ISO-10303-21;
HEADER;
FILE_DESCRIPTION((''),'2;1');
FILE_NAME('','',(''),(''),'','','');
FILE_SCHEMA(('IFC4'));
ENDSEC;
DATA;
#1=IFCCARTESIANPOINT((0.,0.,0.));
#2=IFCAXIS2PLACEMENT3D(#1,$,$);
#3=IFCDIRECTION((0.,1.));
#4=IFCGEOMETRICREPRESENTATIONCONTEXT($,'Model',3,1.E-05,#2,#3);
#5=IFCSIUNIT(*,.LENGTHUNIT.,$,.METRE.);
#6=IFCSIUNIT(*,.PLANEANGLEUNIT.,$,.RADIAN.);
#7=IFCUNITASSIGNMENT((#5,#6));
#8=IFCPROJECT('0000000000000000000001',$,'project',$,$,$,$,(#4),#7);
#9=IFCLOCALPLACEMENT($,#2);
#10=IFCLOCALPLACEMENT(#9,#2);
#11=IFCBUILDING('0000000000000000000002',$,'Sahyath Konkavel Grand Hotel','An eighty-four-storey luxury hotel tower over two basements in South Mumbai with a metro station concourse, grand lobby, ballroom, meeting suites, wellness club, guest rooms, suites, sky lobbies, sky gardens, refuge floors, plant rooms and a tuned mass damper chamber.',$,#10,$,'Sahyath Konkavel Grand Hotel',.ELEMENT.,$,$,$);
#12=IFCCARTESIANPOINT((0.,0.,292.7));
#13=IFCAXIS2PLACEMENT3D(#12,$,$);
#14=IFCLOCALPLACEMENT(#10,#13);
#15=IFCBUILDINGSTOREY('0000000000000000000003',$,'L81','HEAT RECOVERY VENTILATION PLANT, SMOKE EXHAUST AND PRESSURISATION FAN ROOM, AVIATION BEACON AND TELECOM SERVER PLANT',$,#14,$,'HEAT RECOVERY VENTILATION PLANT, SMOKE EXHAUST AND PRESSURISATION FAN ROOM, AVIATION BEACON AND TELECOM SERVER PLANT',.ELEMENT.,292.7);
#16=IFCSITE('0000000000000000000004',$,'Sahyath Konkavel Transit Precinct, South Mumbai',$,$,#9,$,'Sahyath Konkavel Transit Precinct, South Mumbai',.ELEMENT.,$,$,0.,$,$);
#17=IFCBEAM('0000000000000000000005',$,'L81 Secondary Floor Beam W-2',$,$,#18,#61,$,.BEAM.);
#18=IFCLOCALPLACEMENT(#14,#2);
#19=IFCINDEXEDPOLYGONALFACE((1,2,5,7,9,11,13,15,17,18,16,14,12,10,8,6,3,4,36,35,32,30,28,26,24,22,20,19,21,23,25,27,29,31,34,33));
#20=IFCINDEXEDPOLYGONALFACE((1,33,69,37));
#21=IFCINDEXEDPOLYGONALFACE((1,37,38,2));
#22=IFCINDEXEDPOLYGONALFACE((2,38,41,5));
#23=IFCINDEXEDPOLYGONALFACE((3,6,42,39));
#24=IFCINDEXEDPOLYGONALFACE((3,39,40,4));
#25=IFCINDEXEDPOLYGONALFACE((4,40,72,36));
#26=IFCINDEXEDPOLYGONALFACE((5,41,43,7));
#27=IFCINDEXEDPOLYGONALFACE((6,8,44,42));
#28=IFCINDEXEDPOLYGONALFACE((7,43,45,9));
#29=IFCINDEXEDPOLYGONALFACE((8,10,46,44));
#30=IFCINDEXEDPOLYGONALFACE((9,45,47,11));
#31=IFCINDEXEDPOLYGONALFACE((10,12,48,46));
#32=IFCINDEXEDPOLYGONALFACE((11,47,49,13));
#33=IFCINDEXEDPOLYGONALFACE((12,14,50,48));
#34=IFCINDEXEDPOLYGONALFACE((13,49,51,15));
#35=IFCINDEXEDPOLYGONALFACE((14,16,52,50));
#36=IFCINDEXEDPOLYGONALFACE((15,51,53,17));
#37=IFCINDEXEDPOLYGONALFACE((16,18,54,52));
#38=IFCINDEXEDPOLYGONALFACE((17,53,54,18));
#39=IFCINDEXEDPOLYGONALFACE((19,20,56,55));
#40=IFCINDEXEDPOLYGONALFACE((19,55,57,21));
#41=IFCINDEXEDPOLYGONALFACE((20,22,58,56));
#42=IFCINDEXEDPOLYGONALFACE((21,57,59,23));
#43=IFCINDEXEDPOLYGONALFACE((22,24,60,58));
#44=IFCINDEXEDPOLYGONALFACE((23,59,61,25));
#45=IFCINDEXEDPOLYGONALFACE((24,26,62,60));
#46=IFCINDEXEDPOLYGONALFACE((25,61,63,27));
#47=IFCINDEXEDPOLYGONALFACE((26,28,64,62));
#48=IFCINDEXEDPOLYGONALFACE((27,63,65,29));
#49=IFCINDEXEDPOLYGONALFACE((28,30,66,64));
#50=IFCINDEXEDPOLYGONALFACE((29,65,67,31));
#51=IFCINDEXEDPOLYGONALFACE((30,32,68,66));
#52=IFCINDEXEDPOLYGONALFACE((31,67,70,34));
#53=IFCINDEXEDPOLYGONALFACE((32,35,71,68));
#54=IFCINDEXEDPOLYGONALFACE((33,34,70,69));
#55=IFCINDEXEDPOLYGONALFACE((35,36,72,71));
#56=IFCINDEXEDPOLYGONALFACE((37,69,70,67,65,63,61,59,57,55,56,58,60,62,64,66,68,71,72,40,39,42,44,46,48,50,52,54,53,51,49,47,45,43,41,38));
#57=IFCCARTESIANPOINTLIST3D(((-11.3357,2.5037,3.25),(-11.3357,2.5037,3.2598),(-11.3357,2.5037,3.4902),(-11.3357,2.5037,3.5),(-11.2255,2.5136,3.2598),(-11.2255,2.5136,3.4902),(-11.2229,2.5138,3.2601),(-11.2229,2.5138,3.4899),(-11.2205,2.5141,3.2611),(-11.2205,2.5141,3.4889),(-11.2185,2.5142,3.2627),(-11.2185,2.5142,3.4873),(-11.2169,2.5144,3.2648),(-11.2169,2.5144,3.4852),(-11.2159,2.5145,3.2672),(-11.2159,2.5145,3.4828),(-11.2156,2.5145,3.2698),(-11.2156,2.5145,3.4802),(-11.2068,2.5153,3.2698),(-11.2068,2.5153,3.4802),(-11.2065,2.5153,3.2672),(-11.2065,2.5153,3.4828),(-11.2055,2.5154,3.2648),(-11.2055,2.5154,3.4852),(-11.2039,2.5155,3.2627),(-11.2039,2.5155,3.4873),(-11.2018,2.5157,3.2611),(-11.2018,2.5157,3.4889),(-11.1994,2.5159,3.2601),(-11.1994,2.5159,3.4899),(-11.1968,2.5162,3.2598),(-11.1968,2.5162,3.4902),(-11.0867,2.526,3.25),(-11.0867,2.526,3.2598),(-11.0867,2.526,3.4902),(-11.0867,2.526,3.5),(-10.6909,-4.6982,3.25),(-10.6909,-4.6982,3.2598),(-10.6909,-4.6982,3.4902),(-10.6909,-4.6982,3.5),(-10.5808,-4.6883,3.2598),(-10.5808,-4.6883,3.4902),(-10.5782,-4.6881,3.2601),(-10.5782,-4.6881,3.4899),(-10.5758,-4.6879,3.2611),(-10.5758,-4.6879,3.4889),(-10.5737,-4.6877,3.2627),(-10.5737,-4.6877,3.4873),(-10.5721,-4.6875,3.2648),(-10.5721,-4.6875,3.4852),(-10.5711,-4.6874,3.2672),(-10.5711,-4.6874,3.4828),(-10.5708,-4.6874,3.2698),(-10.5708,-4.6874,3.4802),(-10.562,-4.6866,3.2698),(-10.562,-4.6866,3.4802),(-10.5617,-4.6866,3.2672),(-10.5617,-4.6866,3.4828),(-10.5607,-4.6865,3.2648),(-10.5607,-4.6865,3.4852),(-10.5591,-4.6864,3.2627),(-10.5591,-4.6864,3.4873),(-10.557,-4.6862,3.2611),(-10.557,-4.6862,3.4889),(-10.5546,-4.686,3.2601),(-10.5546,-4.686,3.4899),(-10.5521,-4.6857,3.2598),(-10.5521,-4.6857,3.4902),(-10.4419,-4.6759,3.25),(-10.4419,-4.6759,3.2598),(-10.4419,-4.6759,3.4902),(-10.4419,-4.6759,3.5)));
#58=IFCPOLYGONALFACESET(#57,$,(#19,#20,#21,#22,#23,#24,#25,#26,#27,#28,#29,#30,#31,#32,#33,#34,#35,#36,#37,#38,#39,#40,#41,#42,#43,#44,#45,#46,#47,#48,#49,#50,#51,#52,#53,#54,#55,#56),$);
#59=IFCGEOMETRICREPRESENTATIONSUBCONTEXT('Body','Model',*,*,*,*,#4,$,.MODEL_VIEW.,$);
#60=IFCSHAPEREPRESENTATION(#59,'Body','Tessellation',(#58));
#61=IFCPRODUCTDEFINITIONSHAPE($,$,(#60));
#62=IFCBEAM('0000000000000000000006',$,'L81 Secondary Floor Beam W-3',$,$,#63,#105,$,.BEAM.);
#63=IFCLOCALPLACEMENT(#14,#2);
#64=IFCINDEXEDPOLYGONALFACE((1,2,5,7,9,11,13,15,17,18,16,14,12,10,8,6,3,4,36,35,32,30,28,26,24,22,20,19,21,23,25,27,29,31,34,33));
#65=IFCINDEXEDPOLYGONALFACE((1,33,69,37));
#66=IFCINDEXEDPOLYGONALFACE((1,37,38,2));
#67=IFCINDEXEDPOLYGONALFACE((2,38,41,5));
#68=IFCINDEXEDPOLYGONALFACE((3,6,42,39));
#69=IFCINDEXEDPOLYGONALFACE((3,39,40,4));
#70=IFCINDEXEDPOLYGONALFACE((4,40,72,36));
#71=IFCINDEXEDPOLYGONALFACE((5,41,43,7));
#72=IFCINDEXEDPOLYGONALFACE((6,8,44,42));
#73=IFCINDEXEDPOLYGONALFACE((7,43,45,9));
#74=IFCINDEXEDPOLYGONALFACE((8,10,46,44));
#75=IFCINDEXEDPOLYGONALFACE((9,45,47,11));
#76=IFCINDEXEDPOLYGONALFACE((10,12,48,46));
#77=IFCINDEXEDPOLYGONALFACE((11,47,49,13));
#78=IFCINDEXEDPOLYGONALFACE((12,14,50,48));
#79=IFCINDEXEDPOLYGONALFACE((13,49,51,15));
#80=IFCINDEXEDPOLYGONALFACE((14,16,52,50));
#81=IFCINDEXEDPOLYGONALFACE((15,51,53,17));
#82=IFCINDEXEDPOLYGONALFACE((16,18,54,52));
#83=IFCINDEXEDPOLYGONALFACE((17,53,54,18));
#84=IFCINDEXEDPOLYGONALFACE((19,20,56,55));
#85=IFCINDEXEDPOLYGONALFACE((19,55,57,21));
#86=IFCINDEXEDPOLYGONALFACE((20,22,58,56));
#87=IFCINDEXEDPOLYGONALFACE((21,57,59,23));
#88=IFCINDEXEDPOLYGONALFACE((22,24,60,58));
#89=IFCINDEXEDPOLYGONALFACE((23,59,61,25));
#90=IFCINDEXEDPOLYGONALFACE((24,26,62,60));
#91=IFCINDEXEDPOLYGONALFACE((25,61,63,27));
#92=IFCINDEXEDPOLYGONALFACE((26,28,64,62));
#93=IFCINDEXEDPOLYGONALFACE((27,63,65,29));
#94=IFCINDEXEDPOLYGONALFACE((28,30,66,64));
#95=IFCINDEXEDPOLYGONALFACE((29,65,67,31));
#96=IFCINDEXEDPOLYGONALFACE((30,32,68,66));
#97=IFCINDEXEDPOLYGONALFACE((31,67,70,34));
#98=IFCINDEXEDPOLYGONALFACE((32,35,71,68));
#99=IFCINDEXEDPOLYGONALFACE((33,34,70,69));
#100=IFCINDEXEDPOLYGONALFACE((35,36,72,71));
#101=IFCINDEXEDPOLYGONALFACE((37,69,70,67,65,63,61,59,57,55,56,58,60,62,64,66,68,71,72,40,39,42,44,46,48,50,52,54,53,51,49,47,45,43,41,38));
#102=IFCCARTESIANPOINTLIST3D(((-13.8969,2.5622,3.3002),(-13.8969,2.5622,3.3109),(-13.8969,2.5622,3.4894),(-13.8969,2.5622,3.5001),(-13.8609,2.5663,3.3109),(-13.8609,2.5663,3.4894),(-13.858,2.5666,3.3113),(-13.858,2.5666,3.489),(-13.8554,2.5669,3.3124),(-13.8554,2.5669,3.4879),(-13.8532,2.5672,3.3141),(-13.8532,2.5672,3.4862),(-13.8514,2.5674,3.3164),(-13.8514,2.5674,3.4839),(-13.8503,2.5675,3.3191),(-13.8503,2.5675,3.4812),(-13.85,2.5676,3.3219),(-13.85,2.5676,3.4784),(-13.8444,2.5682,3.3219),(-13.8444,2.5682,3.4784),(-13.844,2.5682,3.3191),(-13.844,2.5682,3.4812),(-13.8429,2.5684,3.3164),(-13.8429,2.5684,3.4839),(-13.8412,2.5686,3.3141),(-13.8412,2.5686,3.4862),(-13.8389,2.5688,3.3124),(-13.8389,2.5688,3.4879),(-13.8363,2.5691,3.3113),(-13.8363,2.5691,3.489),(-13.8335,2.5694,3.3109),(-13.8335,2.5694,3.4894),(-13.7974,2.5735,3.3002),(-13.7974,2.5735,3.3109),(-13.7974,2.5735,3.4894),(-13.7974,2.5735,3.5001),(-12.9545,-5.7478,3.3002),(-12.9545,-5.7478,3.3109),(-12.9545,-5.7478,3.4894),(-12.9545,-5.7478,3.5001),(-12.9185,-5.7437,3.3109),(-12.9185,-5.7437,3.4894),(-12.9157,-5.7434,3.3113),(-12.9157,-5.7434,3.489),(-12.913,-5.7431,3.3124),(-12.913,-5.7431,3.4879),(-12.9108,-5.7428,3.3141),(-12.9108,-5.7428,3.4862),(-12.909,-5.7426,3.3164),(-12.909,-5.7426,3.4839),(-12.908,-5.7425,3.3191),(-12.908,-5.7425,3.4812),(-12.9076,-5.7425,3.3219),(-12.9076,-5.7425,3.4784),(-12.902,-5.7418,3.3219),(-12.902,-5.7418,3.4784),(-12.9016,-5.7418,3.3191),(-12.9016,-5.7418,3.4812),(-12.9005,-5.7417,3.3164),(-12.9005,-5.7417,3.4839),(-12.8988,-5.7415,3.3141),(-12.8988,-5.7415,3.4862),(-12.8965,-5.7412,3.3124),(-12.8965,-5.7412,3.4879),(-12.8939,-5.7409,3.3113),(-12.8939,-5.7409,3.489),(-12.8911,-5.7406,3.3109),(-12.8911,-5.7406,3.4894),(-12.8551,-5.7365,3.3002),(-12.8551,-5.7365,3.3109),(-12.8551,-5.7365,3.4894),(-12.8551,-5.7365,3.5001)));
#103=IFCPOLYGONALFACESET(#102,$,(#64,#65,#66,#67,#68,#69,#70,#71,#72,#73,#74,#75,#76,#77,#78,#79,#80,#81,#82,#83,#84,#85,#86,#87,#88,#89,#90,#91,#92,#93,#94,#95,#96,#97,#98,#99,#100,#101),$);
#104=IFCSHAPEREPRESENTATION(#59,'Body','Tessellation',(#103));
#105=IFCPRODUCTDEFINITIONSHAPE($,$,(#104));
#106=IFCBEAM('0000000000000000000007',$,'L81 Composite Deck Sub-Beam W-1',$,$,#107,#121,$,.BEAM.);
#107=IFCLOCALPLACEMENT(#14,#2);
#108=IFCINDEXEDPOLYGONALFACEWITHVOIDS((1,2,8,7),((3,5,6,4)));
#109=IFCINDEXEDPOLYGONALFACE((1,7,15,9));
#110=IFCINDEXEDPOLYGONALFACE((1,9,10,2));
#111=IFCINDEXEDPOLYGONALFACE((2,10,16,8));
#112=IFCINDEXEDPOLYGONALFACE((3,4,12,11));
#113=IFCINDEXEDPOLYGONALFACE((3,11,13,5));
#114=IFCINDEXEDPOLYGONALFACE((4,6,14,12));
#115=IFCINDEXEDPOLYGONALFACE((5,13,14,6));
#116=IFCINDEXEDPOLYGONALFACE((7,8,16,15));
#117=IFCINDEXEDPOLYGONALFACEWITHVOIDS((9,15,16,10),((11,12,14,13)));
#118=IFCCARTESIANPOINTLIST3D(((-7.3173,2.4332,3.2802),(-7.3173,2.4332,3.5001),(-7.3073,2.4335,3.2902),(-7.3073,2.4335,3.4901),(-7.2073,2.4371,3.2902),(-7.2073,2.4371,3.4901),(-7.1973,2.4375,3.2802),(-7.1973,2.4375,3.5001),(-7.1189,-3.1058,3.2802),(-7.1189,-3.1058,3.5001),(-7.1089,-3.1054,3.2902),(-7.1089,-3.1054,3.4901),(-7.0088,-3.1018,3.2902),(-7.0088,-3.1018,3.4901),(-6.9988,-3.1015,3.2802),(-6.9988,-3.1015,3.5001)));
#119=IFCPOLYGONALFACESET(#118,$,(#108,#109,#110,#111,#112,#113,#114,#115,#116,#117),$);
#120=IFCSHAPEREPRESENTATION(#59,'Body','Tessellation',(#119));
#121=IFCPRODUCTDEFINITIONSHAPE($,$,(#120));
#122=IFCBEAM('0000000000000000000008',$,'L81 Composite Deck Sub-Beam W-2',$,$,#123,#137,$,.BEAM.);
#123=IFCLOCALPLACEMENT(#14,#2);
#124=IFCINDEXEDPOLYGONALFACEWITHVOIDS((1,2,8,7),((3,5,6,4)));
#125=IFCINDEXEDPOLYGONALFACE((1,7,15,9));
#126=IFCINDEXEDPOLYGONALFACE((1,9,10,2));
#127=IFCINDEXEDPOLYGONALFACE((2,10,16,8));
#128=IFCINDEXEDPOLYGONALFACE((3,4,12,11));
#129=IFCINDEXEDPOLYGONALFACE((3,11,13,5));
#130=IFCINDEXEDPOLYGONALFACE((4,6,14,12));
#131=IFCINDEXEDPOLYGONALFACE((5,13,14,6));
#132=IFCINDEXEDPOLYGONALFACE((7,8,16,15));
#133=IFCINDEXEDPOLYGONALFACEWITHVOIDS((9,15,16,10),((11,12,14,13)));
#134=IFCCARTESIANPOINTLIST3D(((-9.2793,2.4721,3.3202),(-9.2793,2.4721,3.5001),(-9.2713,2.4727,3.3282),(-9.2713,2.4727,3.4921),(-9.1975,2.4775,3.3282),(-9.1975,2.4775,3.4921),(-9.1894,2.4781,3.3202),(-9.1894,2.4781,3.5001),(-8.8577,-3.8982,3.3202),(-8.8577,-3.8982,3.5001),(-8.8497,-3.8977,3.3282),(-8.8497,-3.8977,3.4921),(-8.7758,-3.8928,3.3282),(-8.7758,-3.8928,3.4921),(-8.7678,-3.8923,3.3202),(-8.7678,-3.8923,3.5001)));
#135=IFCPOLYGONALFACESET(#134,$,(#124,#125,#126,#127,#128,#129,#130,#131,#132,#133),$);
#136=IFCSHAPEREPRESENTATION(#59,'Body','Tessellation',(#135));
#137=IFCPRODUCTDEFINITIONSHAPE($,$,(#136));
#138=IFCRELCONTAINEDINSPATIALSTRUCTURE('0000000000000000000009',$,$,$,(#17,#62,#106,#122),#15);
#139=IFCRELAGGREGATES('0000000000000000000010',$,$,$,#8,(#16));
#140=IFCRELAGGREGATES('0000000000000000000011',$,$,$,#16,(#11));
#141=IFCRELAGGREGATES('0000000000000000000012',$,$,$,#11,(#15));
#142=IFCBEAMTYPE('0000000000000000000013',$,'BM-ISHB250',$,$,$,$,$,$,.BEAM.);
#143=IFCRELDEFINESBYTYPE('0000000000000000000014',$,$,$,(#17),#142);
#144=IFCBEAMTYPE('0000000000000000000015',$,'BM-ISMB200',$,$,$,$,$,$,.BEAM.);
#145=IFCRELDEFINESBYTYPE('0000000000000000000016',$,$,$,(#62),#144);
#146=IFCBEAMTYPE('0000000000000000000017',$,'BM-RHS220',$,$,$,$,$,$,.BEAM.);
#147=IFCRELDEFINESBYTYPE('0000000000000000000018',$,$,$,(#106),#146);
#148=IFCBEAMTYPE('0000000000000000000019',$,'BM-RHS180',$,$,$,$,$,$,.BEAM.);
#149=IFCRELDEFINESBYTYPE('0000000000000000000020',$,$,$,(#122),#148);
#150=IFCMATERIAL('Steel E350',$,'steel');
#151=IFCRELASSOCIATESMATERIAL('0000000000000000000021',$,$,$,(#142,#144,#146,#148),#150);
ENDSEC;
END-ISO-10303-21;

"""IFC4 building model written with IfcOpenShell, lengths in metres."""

from ifc_helpers import new_model, si_unit, direction, frame, origin, origin_2d, place, context, subcontext, project, spatial, hollow_rectangle, i_section, extrude, source, transform, mapped, material, material_profile, profile_set, type_object, element, save


model = new_model("IFC4")

# Units and contexts
model_context = context("Model", 3, precision=1e-05, world=origin(), true_north=direction((0.0, 1.0)))
body_context = subcontext(model_context, "Body", "Model", "MODEL_VIEW")
ifc_project = project(units=[si_unit("LENGTHUNIT", "METRE"), si_unit("PLANEANGLEUNIT", "RADIAN")], contexts=[model_context])

# Site, building, storey
site_placement = place(None, origin())
site = spatial("IfcSite", under=ifc_project, at=site_placement, Name="Sahyath Konkavel Transit Precinct, South Mumbai", LongName="Sahyath Konkavel Transit Precinct, South Mumbai", CompositionType="ELEMENT", RefElevation=0.0)
building_placement = place(site_placement, origin())
building = spatial("IfcBuilding", under=site, at=building_placement, Name="Sahyath Konkavel Grand Hotel", Description="An eighty-four-storey luxury hotel tower over two basements in South Mumbai with a metro station concourse, grand lobby, ballroom, meeting suites, wellness club, guest rooms, suites, sky lobbies, sky gardens, refuge floors, plant rooms and a tuned mass damper chamber.", LongName="Sahyath Konkavel Grand Hotel", CompositionType="ELEMENT")
storey_placement = place(building_placement, frame((0.0, 0.0, 292.7)))
storey = spatial("IfcBuildingStorey", under=building, at=storey_placement, Name="L81", Description="HEAT RECOVERY VENTILATION PLANT, SMOKE EXHAUST AND PRESSURISATION FAN ROOM, AVIATION BEACON AND TELECOM SERVER PLANT", LongName="HEAT RECOVERY VENTILATION PLANT, SMOKE EXHAUST AND PRESSURISATION FAN ROOM, AVIATION BEACON AND TELECOM SERVER PLANT", CompositionType="ELEMENT", Elevation=292.7)

# Beams
ifc_material_1 = material(Name="Steel E350", Category="steel")
ifc_material_profile_1 = material_profile(ifc_material_1, i_section(OverallWidth=0.25, OverallDepth=0.25, WebThickness=0.0088, FlangeThickness=0.0098, FilletRadius=0.01, at=origin_2d()), Name="ISHB 250")
ifc_profile_set_1 = profile_set([ifc_material_profile_1], Name="Steel E350")
beam_type_1 = type_object("IfcBeamType", Name="BM-ISHB250", PredefinedType="BEAM", material=ifc_profile_set_1)
shared_shape_1 = source(origin(), body_context, "Body", "SweptSolid", [
    extrude(i_section(OverallWidth=0.25, OverallDepth=0.25, WebThickness=0.0088, FlangeThickness=0.0098, FilletRadius=0.01, at=origin_2d()), origin(), (0.0, 0.0, 1.0), 7.2307),
])
beam_1_placement = place(storey_placement, frame((-11.2112, 2.5149, 3.375), z_axis=(0.089172, -0.996016, 0.0), x_axis=(0.996016, 0.089172, 0.0)))
element("IfcBeam", 1, at=beam_1_placement, inside=storey, type_object=beam_type_1, Name="L81 Secondary Floor Beam W-2", PredefinedType="BEAM", context=body_context, shape_type="MappedRepresentation", body=[
    mapped(shared_shape_1, transform((0.0, 0.0, 0.0), scale=1.0)),
])
ifc_material_profile_2 = material_profile(ifc_material_1, i_section(OverallWidth=0.1001, OverallDepth=0.2, WebThickness=0.0056, FlangeThickness=0.0107, FilletRadius=0.011, at=origin_2d()), Name="ISMB 200")
ifc_profile_set_2 = profile_set([ifc_material_profile_2], Name="Steel E350")
beam_type_2 = type_object("IfcBeamType", Name="BM-ISMB200", PredefinedType="BEAM", material=ifc_profile_set_2)
shared_shape_2 = source(origin(), body_context, "Body", "SweptSolid", [
    extrude(i_section(OverallWidth=0.1001, OverallDepth=0.2, WebThickness=0.0056, FlangeThickness=0.0107, FilletRadius=0.011, at=origin_2d()), origin(), (0.0, 0.0, 1.0), 8.3633),
])
beam_2_placement = place(storey_placement, frame((-13.8472, 2.5679, 3.4001), z_axis=(0.11268, -0.993631, 0.0), x_axis=(0.993631, 0.11268, 0.0)))
element("IfcBeam", 2, at=beam_2_placement, inside=storey, type_object=beam_type_2, Name="L81 Secondary Floor Beam W-3", PredefinedType="BEAM", context=body_context, shape_type="MappedRepresentation", body=[
    mapped(shared_shape_2, transform((0.0, 0.0, 0.0), scale=1.0)),
])
ifc_material_profile_3 = material_profile(ifc_material_1, hollow_rectangle(XDim=0.1201, YDim=0.22, WallThickness=0.01, at=origin_2d()), Name="RHS 220x120x10")
ifc_profile_set_3 = profile_set([ifc_material_profile_3], Name="Steel E350")
beam_type_3 = type_object("IfcBeamType", Name="BM-RHS220", PredefinedType="BEAM", material=ifc_profile_set_3)
shared_shape_3 = source(origin(), body_context, "Body", "SweptSolid", [
    extrude(hollow_rectangle(XDim=0.1201, YDim=0.22, WallThickness=0.01, at=origin_2d()), origin(), (0.0, 0.0, 1.0), 5.5425),
])
beam_3_placement = place(storey_placement, frame((-7.2573, 2.4353, 3.3901), z_axis=(0.035813, -0.999359, 0.0), x_axis=(0.999359, 0.035813, 0.0)))
element("IfcBeam", 3, at=beam_3_placement, inside=storey, type_object=beam_type_3, Name="L81 Composite Deck Sub-Beam W-1", PredefinedType="BEAM", context=body_context, shape_type="MappedRepresentation", body=[
    mapped(shared_shape_3, transform((0.0, 0.0, 0.0), scale=1.0)),
])
ifc_material_profile_4 = material_profile(ifc_material_1, hollow_rectangle(XDim=0.0901, YDim=0.1799, WallThickness=0.0081, at=origin_2d()), Name="RHS 180x90x8")
ifc_profile_set_4 = profile_set([ifc_material_profile_4], Name="Steel E350")
beam_type_4 = type_object("IfcBeamType", Name="BM-RHS180", PredefinedType="BEAM", material=ifc_profile_set_4)
shared_shape_4 = source(origin(), body_context, "Body", "SweptSolid", [
    extrude(hollow_rectangle(XDim=0.0901, YDim=0.1799, WallThickness=0.0081, at=origin_2d()), origin(), (0.0, 0.0, 1.0), 6.3843),
])
beam_4_placement = place(storey_placement, frame((-9.2344, 2.4751, 3.4102), z_axis=(0.066042, -0.997817, 0.0), x_axis=(0.997817, 0.066042, 0.0)))
element("IfcBeam", 4, at=beam_4_placement, inside=storey, type_object=beam_type_4, Name="L81 Composite Deck Sub-Beam W-2", PredefinedType="BEAM", context=body_context, shape_type="MappedRepresentation", body=[
    mapped(shared_shape_4, transform((0.0, 0.0, 0.0), scale=1.0)),
])

save(model, "model.ifc")
